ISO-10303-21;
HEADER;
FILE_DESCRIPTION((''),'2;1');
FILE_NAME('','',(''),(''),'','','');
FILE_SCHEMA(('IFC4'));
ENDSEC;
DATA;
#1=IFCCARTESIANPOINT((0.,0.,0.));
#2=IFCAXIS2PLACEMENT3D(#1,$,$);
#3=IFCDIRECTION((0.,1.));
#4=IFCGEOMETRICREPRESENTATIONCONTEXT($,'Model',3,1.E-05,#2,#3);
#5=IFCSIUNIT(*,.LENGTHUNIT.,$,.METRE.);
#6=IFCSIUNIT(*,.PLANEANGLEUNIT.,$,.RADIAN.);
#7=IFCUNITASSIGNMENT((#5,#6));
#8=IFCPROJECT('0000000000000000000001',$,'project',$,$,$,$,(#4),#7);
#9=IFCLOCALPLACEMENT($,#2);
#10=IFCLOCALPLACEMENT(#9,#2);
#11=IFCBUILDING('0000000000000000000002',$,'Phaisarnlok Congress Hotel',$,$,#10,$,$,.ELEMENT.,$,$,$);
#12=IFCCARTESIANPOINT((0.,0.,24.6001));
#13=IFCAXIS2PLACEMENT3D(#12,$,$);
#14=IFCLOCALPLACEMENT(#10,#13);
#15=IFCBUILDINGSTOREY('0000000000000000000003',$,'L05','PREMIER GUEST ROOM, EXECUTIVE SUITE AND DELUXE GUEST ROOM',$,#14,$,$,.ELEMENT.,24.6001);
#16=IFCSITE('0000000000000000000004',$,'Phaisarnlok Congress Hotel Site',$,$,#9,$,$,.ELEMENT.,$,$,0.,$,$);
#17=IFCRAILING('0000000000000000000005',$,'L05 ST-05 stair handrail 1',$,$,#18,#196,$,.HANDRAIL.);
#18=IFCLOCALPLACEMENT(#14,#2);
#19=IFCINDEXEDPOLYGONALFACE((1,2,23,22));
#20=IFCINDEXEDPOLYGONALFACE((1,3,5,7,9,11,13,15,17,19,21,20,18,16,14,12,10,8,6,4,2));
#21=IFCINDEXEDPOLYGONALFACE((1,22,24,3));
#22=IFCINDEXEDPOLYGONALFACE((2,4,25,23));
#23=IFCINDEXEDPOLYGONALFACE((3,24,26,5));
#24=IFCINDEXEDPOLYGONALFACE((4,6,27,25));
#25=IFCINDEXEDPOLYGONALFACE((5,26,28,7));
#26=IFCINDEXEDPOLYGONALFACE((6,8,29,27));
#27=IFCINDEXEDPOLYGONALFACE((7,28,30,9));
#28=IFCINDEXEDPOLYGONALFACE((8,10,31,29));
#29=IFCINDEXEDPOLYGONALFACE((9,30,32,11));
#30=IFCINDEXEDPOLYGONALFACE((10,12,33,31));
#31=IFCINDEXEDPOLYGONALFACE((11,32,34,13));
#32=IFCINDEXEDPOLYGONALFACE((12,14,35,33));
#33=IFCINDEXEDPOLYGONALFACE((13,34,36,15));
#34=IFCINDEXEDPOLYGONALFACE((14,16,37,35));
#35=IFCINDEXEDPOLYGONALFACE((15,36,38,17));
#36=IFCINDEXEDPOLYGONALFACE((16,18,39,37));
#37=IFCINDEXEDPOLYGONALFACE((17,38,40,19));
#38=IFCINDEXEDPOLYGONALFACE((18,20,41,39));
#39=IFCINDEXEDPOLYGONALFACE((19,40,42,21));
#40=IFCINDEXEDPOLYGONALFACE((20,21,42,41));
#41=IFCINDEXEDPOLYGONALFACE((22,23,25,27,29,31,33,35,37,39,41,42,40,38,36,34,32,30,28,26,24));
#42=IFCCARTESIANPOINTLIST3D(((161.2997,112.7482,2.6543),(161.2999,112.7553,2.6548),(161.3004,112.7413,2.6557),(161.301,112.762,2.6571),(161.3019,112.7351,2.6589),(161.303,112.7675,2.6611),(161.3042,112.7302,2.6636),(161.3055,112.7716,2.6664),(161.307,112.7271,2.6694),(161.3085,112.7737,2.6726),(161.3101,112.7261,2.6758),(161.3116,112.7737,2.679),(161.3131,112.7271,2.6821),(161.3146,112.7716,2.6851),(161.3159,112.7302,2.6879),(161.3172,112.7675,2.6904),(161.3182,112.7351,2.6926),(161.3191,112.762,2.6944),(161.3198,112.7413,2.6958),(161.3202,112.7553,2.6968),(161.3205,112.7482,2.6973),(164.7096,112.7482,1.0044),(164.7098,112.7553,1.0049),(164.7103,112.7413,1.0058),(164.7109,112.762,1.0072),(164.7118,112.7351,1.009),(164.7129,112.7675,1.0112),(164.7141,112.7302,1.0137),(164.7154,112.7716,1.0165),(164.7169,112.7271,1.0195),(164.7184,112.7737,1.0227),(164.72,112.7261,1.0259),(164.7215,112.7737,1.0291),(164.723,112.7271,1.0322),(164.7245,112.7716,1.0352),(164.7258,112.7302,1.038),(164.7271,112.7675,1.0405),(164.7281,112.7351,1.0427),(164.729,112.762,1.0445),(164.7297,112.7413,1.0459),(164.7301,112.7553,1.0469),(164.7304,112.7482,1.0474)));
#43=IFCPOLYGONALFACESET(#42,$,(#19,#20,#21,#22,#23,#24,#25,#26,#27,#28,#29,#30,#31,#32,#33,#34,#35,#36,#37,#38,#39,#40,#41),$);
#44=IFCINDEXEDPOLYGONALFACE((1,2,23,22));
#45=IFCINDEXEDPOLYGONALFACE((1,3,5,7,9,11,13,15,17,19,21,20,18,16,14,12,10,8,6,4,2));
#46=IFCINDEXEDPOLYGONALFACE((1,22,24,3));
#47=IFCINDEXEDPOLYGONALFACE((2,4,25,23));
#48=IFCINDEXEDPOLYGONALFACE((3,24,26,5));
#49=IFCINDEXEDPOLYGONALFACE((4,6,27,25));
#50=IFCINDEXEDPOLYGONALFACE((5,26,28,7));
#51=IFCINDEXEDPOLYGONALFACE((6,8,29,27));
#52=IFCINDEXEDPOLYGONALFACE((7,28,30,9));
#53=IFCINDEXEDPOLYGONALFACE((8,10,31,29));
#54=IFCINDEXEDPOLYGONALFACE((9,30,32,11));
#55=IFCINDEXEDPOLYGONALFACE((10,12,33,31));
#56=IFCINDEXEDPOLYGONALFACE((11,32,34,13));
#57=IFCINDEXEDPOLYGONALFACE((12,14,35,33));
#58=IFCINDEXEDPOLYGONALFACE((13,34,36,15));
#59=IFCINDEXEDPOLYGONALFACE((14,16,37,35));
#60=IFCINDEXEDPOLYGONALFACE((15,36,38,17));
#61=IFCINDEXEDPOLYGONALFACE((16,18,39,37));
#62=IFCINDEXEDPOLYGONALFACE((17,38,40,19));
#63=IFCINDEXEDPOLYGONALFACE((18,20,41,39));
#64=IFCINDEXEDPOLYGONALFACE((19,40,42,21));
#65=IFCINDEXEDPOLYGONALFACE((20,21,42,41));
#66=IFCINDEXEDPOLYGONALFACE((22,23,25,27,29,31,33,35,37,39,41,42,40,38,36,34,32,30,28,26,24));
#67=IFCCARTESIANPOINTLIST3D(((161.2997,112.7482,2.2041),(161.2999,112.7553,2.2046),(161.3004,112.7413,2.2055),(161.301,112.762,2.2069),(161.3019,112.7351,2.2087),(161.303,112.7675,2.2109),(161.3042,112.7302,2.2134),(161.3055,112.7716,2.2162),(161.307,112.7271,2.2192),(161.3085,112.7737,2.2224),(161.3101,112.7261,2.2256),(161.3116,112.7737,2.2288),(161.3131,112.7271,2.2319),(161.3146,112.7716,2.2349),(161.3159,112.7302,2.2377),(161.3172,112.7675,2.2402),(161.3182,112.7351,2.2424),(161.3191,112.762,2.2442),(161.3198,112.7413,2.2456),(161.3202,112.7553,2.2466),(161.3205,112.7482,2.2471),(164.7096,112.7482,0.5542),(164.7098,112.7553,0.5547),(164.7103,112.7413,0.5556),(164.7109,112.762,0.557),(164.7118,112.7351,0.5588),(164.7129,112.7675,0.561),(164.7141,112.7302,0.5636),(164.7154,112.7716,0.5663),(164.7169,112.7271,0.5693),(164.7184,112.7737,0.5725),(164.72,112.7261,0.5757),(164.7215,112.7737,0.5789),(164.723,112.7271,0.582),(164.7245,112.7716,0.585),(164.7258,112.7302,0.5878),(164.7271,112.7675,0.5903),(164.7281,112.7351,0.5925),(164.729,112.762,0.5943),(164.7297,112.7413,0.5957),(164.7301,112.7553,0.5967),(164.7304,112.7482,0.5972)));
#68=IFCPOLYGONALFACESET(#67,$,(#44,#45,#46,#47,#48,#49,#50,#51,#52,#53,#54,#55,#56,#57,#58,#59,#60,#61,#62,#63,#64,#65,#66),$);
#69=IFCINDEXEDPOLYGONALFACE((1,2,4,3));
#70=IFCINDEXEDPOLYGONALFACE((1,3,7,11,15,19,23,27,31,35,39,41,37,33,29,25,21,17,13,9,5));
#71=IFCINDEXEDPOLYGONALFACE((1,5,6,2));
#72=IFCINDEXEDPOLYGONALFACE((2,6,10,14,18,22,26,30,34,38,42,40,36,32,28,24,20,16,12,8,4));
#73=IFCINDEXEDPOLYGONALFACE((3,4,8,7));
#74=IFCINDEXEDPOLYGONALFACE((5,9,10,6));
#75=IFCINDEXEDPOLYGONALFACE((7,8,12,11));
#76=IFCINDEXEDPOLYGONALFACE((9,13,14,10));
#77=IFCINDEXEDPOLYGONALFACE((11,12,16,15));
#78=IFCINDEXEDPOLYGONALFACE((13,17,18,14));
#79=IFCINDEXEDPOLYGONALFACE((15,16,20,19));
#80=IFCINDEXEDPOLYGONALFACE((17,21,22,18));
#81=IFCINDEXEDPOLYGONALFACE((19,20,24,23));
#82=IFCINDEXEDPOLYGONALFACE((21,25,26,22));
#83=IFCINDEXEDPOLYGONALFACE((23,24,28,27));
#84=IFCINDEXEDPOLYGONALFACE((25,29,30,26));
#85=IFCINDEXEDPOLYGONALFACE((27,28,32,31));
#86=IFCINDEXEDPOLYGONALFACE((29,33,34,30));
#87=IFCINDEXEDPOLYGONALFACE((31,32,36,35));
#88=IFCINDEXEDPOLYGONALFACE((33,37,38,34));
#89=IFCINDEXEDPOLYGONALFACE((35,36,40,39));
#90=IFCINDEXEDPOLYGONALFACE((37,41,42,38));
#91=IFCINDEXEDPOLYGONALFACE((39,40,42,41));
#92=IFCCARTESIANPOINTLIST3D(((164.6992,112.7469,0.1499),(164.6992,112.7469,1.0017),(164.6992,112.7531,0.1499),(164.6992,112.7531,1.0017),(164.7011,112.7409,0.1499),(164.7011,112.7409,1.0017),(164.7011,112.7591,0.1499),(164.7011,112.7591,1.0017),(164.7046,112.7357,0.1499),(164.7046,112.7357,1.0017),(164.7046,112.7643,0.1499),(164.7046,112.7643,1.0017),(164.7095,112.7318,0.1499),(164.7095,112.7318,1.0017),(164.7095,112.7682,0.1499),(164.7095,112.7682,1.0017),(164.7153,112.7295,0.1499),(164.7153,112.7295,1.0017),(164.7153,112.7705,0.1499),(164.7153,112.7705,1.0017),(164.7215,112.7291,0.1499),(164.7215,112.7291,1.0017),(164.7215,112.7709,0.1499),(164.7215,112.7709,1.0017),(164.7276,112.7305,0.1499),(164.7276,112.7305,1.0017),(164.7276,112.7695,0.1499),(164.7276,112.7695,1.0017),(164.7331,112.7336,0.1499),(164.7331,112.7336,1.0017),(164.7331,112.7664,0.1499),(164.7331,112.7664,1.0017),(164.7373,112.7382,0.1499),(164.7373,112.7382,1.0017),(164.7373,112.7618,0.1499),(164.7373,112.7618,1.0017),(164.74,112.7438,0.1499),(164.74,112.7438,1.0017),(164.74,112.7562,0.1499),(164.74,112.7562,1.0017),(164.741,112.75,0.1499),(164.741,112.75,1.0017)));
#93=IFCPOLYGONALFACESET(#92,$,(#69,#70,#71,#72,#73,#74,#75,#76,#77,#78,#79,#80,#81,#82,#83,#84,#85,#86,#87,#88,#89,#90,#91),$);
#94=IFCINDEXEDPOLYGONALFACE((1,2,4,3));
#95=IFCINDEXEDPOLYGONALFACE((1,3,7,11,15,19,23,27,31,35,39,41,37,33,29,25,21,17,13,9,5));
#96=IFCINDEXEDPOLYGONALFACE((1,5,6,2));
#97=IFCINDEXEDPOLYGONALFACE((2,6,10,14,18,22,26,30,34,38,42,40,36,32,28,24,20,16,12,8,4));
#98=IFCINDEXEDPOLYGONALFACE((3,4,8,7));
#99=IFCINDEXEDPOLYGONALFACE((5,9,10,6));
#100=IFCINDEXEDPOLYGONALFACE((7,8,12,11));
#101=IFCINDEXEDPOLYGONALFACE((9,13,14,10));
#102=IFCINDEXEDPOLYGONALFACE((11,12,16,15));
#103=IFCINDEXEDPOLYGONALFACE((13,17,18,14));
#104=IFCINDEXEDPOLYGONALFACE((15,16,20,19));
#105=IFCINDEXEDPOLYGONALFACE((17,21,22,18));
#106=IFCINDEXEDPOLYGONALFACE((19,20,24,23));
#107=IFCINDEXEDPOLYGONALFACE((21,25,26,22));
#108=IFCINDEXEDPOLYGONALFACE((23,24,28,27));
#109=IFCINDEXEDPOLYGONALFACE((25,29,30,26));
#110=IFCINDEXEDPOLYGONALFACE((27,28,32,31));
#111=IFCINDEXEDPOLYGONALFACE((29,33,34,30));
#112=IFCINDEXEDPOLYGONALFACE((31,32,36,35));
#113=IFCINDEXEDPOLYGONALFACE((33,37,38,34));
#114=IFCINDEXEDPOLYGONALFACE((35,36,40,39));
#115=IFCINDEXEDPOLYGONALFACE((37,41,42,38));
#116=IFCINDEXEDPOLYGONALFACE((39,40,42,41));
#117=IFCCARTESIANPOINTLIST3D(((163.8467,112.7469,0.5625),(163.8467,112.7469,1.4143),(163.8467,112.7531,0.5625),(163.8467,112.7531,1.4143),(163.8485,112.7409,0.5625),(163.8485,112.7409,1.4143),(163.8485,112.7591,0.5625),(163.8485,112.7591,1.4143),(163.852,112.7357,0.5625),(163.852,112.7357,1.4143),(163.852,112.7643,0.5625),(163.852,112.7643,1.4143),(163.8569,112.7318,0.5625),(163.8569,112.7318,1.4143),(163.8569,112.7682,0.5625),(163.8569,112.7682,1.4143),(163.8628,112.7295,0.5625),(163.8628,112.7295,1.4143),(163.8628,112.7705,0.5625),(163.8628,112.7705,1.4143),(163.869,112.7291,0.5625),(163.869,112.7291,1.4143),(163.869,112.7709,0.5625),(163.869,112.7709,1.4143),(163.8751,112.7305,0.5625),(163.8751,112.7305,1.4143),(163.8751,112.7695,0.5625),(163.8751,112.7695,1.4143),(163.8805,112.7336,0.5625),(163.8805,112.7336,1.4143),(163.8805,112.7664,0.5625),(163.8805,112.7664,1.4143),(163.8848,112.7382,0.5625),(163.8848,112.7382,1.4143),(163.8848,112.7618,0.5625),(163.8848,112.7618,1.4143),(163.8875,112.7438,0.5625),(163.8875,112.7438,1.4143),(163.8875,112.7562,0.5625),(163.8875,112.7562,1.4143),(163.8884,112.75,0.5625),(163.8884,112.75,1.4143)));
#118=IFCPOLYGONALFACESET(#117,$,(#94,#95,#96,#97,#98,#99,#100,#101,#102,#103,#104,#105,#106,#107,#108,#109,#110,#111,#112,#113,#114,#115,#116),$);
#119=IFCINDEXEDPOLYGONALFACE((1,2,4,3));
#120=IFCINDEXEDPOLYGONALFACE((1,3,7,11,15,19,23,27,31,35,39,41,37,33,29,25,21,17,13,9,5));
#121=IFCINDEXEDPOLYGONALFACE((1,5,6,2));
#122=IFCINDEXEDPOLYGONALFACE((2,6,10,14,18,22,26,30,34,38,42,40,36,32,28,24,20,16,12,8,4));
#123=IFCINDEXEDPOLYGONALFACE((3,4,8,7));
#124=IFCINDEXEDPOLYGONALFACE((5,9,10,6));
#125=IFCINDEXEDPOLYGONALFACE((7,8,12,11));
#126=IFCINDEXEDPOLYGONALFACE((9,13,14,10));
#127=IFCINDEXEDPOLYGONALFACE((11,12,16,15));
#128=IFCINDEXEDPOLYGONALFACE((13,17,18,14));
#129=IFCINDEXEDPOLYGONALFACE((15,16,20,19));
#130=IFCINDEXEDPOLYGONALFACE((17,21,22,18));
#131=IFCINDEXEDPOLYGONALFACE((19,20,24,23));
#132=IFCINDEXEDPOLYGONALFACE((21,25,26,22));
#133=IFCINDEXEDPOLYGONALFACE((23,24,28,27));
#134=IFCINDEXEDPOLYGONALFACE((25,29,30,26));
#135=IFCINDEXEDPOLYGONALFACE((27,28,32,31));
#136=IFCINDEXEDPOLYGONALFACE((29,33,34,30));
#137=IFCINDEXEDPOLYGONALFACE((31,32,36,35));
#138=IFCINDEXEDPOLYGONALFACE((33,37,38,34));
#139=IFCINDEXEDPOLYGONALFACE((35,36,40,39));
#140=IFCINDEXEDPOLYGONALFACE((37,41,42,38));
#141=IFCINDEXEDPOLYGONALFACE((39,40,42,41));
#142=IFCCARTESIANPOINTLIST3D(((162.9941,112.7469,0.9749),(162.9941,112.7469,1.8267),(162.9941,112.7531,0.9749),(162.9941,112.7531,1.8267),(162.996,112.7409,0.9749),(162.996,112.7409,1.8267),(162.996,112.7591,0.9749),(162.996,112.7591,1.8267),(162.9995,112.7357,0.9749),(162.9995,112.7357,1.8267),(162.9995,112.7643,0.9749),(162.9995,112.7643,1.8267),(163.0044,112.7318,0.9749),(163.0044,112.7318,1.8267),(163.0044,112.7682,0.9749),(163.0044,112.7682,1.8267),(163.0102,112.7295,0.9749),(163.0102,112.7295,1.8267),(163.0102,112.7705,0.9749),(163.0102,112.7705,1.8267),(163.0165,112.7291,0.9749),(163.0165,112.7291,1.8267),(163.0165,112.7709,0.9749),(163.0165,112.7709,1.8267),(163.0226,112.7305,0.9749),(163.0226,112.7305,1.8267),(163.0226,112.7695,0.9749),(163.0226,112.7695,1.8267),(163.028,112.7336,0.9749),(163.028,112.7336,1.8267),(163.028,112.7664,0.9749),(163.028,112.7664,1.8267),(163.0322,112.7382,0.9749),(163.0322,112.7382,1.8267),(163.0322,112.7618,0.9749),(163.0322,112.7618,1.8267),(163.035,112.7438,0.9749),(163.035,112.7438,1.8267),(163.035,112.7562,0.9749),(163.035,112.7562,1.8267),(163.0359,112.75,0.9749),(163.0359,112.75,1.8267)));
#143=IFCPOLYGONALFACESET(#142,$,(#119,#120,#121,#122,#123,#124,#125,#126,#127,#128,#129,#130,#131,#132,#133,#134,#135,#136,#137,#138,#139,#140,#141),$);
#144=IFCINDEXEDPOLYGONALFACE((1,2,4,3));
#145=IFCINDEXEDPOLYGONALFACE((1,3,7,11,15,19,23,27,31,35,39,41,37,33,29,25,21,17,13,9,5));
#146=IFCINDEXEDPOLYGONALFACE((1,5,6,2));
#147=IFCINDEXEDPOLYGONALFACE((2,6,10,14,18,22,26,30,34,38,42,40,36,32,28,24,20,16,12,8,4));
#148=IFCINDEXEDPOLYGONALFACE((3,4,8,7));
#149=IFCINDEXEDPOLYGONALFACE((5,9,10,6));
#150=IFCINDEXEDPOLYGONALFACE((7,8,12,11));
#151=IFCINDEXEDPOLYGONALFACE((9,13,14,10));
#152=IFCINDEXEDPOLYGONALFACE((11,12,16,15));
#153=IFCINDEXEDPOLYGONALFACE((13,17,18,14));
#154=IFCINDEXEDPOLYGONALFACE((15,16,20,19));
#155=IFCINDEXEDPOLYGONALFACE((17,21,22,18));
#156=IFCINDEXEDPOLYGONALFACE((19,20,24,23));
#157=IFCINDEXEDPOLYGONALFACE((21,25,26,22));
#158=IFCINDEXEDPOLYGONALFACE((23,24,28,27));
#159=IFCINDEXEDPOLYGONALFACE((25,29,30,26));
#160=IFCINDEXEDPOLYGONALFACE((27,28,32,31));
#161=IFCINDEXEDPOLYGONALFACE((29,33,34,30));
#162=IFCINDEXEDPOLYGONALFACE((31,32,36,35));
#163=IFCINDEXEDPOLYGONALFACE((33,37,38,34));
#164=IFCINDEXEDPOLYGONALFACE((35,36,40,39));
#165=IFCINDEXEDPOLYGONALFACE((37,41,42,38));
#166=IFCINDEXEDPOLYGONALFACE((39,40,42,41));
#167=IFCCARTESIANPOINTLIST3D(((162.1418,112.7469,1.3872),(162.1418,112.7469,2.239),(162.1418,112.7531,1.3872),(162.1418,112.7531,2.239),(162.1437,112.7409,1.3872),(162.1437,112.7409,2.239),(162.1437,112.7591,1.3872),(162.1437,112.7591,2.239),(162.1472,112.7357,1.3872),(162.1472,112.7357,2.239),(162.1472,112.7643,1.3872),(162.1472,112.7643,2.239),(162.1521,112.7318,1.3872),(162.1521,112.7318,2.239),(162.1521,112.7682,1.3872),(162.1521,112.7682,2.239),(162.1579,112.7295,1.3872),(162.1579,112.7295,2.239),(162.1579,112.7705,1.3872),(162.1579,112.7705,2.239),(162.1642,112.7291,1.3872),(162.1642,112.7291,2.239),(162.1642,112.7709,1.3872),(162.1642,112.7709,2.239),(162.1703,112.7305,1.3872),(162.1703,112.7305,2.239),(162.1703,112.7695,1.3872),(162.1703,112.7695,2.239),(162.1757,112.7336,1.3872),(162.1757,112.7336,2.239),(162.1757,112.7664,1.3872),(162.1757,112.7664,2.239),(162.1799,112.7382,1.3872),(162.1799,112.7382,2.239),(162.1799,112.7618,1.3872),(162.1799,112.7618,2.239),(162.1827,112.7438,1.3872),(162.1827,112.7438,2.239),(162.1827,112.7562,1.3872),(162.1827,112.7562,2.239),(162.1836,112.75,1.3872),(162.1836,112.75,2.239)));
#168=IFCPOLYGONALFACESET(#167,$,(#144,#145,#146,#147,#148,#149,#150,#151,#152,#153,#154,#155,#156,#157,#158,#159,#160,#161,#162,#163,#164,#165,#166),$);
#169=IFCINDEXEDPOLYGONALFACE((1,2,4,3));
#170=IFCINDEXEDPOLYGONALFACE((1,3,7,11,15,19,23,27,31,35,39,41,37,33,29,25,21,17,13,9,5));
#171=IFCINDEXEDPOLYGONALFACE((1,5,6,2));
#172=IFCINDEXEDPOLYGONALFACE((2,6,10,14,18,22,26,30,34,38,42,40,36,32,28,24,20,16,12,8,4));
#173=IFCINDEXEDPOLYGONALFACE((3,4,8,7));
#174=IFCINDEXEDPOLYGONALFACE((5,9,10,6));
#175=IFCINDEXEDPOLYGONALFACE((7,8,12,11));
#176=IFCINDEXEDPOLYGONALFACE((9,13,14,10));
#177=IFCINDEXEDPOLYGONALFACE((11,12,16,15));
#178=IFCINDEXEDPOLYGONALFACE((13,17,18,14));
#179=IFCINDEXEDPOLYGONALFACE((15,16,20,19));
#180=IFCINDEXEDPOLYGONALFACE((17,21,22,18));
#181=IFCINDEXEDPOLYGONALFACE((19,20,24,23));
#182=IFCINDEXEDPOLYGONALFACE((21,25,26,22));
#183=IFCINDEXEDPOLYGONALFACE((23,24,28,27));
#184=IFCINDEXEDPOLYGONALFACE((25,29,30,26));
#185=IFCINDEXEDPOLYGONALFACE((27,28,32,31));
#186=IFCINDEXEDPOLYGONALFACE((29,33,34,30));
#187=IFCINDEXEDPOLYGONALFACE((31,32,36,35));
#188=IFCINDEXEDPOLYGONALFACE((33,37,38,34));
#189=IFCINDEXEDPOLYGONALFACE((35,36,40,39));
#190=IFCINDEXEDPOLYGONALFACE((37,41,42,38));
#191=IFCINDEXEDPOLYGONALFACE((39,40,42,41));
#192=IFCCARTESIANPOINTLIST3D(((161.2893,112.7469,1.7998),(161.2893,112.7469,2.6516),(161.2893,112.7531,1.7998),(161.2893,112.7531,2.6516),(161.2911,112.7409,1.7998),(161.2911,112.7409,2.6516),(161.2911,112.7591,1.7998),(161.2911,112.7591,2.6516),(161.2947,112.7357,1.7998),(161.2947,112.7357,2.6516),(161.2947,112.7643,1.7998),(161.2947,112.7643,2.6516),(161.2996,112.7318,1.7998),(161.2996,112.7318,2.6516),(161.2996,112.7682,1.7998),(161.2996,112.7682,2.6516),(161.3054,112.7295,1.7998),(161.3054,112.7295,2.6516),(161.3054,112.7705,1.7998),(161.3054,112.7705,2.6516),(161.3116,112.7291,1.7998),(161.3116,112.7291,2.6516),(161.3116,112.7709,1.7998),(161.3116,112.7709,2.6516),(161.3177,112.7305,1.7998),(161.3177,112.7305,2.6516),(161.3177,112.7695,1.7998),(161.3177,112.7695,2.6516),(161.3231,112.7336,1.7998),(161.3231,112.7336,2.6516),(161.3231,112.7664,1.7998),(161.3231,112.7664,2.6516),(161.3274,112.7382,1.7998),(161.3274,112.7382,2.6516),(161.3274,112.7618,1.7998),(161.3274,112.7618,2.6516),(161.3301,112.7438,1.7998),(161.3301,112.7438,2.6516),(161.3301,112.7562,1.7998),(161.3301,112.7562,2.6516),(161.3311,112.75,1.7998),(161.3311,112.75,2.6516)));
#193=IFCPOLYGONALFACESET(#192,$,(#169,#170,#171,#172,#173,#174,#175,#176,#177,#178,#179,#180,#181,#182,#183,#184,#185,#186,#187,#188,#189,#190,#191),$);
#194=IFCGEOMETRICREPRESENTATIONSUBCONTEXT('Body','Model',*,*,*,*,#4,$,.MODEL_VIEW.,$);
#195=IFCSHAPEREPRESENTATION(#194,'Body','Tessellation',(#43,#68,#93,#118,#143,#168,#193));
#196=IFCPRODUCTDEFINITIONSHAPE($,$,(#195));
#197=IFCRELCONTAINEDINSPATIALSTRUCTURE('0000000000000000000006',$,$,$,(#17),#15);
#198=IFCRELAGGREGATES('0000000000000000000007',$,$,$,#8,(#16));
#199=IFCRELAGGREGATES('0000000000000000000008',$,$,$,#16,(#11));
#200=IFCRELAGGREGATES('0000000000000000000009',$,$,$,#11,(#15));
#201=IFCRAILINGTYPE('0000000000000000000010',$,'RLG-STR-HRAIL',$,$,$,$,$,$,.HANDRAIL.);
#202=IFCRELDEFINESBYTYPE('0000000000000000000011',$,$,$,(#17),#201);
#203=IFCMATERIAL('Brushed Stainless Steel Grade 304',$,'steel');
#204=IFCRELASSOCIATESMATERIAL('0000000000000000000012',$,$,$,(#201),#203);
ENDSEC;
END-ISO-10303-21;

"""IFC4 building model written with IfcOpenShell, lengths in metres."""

from ifc_helpers import new_model, si_unit, direction, frame, origin, origin_2d, place, context, subcontext, project, spatial, circle, extrude, material, type_object, element, save


model = new_model("IFC4")

# Units and contexts
model_context = context("Model", 3, precision=1e-05, world=origin(), true_north=direction((0.0, 1.0)))
body_context = subcontext(model_context, "Body", "Model", "MODEL_VIEW")
ifc_project = project(units=[si_unit("LENGTHUNIT", "METRE"), si_unit("PLANEANGLEUNIT", "RADIAN")], contexts=[model_context])

# Site, building, storey
site_placement = place(None, origin())
site = spatial("IfcSite", under=ifc_project, at=site_placement, Name="Phaisarnlok Congress Hotel Site", CompositionType="ELEMENT", RefElevation=0.0)
building_placement = place(site_placement, origin())
building = spatial("IfcBuilding", under=site, at=building_placement, Name="Phaisarnlok Congress Hotel", CompositionType="ELEMENT")
storey_placement = place(building_placement, frame((0.0, 0.0, 24.6001)))
storey = spatial("IfcBuildingStorey", under=building, at=storey_placement, Name="L05", Description="PREMIER GUEST ROOM, EXECUTIVE SUITE AND DELUXE GUEST ROOM", CompositionType="ELEMENT", Elevation=24.6001)

# Shared definitions
ifc_material_1 = material(Name="Brushed Stainless Steel Grade 304", Category="steel")

# Railing
railing_type_1 = type_object("IfcRailingType", Name="RLG-STR-HRAIL", PredefinedType="HANDRAIL", material=ifc_material_1)
railing_1_placement = place(storey_placement, frame((164.72, 112.75, 0.1499)))
element("IfcRailing", 1, at=railing_1_placement, inside=storey, type_object=railing_type_1, Name="L05 ST-05 stair handrail 1", PredefinedType="HANDRAIL", context=body_context, shape_type="SweptSolid", body=[
    extrude(circle(Radius=0.0239, at=origin_2d()), frame((0.0, 0.0, 0.876), z_axis=(-0.900165, 0.0, 0.435549), x_axis=(0.0, -1.0, 0.0)), (0.0, 0.0, 1.0), 3.7881),
    extrude(circle(Radius=0.0239, at=origin_2d()), frame((0.0, 0.0, 0.4258), z_axis=(-0.900165, 0.0, 0.435549), x_axis=(0.0, -1.0, 0.0)), (0.0, 0.0, 1.0), 3.7881),
    extrude(circle(Radius=0.021, at=origin_2d()), origin(), (0.0, 0.0, 1.0), 0.8518),
    extrude(circle(Radius=0.021, at=origin_2d()), frame((-0.8525, 0.0, 0.4126)), (0.0, 0.0, 1.0), 0.8518),
    extrude(circle(Radius=0.021, at=origin_2d()), frame((-1.7051, 0.0, 0.825)), (0.0, 0.0, 1.0), 0.8518),
    extrude(circle(Radius=0.021, at=origin_2d()), frame((-2.5574, 0.0, 1.2373)), (0.0, 0.0, 1.0), 0.8518),
    extrude(circle(Radius=0.021, at=origin_2d()), frame((-3.4099, 0.0, 1.6499)), (0.0, 0.0, 1.0), 0.8518),
])

save(model, "model.ifc")
